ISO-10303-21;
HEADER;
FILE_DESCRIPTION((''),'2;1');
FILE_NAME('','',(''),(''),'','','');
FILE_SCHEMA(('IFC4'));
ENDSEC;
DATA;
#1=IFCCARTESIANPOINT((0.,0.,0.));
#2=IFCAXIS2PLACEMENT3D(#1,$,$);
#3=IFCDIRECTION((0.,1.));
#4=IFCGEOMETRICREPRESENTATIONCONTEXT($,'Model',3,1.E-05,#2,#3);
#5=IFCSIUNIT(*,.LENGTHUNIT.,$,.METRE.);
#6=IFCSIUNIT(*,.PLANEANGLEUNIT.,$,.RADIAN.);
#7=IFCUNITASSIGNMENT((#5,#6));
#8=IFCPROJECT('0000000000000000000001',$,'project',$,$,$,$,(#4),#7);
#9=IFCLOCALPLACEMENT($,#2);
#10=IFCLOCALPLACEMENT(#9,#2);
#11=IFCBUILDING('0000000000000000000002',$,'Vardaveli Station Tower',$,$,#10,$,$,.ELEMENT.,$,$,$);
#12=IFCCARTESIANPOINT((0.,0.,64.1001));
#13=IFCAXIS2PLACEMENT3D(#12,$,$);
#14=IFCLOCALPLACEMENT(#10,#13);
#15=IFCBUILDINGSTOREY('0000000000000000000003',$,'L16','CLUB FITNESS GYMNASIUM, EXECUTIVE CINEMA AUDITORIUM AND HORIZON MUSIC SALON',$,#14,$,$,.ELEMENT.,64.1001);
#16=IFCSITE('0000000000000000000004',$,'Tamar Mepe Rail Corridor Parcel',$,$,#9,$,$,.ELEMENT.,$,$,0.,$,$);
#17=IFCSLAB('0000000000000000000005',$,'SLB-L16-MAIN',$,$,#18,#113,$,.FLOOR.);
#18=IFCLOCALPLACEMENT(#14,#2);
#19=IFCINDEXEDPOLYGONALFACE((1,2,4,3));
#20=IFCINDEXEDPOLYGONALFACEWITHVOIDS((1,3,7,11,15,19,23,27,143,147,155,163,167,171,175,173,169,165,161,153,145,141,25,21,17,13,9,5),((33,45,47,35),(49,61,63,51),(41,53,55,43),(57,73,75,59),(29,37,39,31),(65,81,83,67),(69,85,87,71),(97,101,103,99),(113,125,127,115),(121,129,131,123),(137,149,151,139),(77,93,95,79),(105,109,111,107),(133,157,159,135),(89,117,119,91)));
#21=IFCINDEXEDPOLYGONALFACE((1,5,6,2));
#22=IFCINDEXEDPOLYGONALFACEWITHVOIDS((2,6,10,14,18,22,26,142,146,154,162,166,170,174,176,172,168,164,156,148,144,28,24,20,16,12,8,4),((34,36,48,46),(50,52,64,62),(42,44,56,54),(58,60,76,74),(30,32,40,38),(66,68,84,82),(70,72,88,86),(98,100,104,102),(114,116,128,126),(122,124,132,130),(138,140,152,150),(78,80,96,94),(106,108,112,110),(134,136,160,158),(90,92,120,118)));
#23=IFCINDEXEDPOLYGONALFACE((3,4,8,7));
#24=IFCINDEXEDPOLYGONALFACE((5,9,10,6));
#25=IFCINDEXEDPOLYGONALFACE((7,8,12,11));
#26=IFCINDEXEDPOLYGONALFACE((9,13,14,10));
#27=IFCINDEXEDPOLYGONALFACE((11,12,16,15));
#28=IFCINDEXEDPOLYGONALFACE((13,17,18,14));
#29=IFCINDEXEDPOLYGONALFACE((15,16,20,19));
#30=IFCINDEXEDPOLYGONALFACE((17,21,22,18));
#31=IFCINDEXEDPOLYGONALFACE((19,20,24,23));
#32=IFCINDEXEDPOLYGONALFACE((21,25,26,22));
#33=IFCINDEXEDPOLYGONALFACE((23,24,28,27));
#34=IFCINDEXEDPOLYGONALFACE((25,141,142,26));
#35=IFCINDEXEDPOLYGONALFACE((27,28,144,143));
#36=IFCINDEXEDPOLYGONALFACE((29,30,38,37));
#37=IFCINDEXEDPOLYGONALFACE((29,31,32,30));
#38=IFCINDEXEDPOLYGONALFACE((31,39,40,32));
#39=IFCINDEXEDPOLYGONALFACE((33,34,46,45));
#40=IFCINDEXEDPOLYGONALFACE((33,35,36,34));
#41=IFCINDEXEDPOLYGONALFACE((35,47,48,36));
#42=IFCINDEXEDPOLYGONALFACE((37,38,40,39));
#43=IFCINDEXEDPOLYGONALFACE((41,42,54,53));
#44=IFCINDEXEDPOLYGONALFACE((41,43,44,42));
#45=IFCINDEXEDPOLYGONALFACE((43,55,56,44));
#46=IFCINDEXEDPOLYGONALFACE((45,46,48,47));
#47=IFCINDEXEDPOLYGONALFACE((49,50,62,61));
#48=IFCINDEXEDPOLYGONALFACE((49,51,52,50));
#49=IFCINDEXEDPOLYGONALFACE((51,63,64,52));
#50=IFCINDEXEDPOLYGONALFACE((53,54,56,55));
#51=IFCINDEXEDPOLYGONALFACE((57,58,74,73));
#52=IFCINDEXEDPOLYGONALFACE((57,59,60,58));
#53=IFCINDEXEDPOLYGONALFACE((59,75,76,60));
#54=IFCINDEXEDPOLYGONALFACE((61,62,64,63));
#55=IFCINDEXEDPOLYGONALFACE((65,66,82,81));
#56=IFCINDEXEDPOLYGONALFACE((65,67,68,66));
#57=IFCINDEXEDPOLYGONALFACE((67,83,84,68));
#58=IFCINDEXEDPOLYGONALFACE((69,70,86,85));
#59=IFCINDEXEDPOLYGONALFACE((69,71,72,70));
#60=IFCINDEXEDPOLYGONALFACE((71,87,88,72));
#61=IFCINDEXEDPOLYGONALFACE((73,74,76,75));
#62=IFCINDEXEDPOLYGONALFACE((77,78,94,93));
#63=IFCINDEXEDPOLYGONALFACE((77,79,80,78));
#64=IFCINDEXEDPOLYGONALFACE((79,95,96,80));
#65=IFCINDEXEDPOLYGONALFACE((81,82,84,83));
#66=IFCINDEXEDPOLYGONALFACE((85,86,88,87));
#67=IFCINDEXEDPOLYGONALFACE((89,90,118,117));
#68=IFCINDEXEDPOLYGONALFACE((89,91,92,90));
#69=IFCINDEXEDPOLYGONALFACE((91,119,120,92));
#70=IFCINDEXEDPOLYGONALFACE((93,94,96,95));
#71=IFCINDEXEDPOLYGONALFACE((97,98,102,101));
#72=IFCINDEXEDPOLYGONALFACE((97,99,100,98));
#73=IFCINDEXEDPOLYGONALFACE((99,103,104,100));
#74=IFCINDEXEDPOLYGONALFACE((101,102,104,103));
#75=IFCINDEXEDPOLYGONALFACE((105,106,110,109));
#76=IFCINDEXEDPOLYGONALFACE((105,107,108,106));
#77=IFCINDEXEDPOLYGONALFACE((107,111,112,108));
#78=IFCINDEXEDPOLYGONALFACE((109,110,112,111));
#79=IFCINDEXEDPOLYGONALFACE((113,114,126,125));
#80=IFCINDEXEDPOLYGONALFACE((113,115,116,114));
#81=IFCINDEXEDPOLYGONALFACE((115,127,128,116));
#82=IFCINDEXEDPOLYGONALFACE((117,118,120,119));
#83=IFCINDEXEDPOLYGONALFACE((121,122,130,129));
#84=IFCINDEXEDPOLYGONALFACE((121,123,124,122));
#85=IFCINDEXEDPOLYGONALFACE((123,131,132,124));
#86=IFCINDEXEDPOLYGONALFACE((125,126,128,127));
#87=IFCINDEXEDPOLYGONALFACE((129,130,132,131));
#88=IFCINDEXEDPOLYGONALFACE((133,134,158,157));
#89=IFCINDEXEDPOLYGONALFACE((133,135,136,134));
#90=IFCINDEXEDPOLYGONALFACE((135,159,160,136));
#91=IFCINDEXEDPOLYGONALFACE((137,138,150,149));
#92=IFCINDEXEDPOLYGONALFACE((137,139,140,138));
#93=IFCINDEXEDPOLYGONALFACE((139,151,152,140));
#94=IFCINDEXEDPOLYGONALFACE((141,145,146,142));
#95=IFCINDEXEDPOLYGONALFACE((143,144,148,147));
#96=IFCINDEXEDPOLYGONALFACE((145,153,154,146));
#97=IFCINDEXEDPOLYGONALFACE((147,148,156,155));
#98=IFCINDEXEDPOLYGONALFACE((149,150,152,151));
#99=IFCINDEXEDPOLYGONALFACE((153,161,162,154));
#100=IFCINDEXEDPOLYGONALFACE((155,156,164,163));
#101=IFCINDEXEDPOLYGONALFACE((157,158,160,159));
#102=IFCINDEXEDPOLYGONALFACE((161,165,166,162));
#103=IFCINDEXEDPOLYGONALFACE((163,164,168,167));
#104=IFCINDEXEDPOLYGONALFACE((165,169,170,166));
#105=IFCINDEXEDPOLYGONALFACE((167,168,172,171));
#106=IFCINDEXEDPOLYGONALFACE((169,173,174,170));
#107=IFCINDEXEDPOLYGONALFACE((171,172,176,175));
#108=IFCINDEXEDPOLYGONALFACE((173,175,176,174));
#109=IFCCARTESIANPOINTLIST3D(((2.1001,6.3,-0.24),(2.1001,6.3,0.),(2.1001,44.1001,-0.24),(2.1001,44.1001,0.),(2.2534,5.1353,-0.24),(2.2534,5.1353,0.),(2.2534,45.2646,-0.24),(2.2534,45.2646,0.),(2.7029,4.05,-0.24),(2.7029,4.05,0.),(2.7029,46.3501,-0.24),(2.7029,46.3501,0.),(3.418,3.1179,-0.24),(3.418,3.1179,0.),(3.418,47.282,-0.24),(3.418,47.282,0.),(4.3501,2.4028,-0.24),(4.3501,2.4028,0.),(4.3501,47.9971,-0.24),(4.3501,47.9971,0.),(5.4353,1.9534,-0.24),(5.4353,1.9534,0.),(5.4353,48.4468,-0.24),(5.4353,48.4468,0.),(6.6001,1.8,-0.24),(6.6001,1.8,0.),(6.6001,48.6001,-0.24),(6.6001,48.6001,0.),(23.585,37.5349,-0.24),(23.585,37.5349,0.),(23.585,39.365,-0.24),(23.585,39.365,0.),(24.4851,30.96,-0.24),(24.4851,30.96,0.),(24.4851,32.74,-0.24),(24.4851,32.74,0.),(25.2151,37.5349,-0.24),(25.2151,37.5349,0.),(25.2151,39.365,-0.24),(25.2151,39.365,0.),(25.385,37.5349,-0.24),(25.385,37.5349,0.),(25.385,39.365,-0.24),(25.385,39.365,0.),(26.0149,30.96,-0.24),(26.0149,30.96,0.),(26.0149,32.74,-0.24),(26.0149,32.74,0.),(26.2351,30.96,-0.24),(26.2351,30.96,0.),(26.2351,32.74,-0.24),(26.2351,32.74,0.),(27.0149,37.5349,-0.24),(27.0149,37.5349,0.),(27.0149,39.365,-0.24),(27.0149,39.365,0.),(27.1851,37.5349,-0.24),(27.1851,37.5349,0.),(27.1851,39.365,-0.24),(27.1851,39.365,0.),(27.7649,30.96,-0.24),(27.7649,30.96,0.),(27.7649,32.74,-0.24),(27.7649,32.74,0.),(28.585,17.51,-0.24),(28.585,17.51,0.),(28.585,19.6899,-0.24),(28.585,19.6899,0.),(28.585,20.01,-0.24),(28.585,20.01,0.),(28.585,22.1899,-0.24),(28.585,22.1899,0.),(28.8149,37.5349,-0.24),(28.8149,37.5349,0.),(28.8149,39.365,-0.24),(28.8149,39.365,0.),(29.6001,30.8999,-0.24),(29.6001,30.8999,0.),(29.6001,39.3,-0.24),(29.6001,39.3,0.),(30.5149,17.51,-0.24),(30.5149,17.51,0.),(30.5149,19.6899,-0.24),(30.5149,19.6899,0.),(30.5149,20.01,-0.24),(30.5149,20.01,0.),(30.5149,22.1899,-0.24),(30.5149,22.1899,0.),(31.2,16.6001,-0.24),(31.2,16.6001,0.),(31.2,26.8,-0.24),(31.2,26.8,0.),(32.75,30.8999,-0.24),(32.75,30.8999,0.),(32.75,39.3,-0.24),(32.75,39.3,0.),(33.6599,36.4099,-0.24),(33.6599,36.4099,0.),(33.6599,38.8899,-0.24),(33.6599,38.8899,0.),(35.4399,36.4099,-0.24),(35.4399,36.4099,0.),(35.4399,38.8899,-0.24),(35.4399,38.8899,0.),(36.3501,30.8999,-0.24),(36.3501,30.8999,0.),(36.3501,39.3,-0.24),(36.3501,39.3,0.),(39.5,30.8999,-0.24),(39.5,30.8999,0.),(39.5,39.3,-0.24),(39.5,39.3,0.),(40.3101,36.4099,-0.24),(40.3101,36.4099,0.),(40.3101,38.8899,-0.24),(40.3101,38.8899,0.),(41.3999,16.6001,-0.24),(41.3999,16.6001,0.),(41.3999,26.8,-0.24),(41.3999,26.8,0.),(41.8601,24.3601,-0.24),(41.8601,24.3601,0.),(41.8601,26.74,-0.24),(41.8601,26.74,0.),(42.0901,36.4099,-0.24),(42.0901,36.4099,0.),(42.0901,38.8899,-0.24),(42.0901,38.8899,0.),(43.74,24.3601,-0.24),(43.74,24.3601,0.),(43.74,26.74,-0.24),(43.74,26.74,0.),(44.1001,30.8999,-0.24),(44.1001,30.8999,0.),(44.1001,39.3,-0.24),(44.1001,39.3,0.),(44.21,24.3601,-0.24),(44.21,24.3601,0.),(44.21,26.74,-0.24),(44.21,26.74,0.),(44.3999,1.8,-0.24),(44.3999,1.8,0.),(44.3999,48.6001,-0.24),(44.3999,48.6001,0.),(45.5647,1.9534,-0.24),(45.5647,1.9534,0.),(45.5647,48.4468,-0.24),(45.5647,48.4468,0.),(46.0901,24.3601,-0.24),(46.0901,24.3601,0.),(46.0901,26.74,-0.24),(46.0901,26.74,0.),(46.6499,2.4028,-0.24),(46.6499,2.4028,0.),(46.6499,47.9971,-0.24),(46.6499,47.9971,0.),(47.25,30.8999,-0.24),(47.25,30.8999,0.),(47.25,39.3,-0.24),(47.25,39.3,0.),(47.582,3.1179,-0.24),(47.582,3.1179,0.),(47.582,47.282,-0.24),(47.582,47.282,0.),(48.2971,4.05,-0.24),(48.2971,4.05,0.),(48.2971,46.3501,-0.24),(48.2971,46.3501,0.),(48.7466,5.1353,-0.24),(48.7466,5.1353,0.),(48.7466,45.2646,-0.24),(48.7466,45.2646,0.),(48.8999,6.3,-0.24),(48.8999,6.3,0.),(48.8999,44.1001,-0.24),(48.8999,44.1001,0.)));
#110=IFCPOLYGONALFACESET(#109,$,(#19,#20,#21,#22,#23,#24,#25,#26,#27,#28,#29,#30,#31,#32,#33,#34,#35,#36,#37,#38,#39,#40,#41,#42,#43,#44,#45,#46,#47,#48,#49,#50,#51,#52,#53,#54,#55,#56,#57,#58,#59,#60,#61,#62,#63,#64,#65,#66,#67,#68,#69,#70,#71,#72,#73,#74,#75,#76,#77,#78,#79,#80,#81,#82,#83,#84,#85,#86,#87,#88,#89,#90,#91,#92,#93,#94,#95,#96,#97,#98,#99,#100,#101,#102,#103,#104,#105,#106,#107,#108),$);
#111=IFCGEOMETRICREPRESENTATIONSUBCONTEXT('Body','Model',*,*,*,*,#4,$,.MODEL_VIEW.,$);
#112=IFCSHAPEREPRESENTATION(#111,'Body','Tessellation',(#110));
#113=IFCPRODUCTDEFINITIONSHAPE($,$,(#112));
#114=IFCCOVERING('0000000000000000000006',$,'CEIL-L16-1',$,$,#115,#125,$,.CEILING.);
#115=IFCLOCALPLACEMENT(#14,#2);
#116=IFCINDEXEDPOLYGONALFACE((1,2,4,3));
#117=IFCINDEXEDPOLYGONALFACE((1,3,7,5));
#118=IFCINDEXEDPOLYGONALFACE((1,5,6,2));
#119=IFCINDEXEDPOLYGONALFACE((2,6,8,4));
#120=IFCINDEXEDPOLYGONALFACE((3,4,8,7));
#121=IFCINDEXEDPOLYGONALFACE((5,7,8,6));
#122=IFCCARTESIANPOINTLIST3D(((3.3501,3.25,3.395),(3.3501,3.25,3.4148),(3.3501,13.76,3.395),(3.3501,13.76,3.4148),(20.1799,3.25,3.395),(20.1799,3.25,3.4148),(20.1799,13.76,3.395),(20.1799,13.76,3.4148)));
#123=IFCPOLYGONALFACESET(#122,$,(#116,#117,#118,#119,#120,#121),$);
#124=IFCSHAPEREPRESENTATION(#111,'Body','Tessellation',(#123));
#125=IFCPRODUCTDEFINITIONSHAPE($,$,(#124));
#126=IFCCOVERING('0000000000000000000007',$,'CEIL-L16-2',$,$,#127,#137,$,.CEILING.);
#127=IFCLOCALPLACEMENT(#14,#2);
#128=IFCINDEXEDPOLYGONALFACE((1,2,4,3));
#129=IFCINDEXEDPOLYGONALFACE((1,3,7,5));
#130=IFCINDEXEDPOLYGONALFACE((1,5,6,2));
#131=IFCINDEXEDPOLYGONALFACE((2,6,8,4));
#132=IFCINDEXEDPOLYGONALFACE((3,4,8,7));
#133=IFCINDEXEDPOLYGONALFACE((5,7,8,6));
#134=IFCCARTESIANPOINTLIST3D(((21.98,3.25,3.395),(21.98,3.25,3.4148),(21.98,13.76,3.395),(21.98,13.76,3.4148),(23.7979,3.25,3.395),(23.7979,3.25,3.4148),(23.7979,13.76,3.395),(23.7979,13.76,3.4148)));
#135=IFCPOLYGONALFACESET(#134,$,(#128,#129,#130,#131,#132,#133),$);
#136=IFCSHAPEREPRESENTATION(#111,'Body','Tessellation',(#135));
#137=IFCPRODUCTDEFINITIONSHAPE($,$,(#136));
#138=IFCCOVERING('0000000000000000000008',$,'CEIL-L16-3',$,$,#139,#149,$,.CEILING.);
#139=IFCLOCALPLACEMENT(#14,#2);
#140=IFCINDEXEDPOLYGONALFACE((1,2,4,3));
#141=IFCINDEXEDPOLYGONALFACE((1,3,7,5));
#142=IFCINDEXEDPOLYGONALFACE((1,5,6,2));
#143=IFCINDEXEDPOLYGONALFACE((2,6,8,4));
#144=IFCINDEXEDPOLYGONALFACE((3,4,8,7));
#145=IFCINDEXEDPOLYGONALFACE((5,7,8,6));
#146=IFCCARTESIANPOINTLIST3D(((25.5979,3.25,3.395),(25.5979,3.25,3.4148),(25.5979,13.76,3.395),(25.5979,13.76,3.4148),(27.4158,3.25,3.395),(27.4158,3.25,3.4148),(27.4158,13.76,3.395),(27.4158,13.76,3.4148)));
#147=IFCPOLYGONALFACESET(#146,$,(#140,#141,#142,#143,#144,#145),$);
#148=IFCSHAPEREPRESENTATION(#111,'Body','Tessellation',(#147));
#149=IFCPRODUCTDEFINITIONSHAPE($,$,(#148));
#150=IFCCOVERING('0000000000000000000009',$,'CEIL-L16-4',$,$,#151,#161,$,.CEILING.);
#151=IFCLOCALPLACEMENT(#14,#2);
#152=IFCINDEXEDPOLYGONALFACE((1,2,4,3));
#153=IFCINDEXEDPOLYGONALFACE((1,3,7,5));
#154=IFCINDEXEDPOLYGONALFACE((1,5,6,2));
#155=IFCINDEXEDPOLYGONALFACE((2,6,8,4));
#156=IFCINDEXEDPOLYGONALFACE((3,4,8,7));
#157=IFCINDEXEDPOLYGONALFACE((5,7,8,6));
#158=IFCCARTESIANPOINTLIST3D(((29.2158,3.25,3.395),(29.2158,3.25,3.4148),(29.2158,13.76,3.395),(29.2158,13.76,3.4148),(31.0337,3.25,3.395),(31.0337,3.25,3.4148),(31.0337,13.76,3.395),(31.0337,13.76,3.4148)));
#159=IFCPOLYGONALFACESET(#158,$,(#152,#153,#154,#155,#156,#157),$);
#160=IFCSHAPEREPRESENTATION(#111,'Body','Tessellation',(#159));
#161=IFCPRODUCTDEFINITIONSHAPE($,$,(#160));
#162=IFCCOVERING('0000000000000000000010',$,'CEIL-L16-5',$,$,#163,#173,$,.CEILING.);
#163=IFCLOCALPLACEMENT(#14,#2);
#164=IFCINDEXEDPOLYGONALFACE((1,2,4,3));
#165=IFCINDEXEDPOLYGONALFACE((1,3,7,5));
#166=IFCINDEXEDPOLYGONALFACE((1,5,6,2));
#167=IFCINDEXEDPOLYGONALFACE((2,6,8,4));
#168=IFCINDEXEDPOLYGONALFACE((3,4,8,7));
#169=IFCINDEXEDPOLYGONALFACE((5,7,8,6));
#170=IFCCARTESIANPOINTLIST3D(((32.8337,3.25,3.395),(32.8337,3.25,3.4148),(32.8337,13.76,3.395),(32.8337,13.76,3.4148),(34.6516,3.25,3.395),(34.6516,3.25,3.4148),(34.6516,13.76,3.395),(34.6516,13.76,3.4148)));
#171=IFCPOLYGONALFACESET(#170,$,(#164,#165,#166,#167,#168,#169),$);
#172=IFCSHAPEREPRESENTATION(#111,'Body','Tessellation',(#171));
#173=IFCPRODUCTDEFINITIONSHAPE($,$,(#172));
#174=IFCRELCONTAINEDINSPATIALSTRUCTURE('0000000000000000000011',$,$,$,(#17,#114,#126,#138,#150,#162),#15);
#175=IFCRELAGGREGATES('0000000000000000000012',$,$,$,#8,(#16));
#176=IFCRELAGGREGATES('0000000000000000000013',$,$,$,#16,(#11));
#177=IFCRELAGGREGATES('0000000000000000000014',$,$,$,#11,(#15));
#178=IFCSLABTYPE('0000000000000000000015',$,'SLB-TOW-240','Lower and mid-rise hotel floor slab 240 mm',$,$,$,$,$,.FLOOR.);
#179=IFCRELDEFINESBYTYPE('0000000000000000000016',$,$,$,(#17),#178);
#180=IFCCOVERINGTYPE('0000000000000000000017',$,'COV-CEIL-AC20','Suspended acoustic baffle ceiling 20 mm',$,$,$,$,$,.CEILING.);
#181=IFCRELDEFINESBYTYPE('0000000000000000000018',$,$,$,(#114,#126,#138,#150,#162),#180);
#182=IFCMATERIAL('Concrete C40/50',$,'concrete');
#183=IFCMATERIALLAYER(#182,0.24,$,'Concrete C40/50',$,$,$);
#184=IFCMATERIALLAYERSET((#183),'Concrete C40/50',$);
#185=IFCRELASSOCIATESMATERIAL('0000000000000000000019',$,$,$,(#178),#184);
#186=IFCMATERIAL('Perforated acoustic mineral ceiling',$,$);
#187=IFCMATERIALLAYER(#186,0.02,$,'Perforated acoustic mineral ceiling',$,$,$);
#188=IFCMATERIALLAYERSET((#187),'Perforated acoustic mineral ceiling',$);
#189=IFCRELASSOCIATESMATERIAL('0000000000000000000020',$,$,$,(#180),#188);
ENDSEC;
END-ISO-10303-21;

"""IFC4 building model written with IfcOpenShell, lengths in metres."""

from ifc_helpers import new_model, si_unit, direction, frame, origin, place, context, subcontext, project, spatial, polyline, outline, extrude, material, layer, layer_set, type_object, element, save


model = new_model("IFC4")

# Units and contexts
model_context = context("Model", 3, precision=1e-05, world=origin(), true_north=direction((0.0, 1.0)))
body_context = subcontext(model_context, "Body", "Model", "MODEL_VIEW")
ifc_project = project(units=[si_unit("LENGTHUNIT", "METRE"), si_unit("PLANEANGLEUNIT", "RADIAN")], contexts=[model_context])

# Site, building, storey
site_placement = place(None, origin())
site = spatial("IfcSite", under=ifc_project, at=site_placement, Name="Tamar Mepe Rail Corridor Parcel", CompositionType="ELEMENT", RefElevation=0.0)
building_placement = place(site_placement, origin())
building = spatial("IfcBuilding", under=site, at=building_placement, Name="Vardaveli Station Tower", CompositionType="ELEMENT")
storey_placement = place(building_placement, frame((0.0, 0.0, 64.1001)))
storey = spatial("IfcBuildingStorey", under=building, at=storey_placement, Name="L16", Description="CLUB FITNESS GYMNASIUM, EXECUTIVE CINEMA AUDITORIUM AND HORIZON MUSIC SALON", CompositionType="ELEMENT", Elevation=64.1001)

# Shared definitions
ifc_material_1 = material(Name="Concrete C40/50", Category="concrete")

# Slab
ifc_layer_1 = layer(ifc_material_1, 0.24, Name="Concrete C40/50")
ifc_layer_set_1 = layer_set([ifc_layer_1], Name="Concrete C40/50")
slab_type_1 = type_object("IfcSlabType", Name="SLB-TOW-240", Description="Lower and mid-rise hotel floor slab 240 mm", PredefinedType="FLOOR", material=ifc_layer_set_1)
slab_1_placement = place(storey_placement, frame((0.0, 0.0, -0.24)))
element("IfcSlab", 1, at=slab_1_placement, inside=storey, type_object=slab_type_1, Name="SLB-L16-MAIN", PredefinedType="FLOOR", context=body_context, shape_type="SweptSolid", body=[
    extrude(outline(polyline([(2.1001, 6.3), (2.2534, 5.1353), (2.7029, 4.05), (3.418, 3.1179), (4.3501, 2.4028), (5.4353, 1.9534), (6.6001, 1.8), (44.3999, 1.8), (45.5647, 1.9534), (46.6499, 2.4028), (47.582, 3.1179), (48.2971, 4.05), (48.7466, 5.1353), (48.8999, 6.3), (48.8999, 44.1001), (48.7466, 45.2646), (48.2971, 46.3501), (47.582, 47.282), (46.6499, 47.9971), (45.5647, 48.4468), (44.3999, 48.6001), (6.6001, 48.6001), (5.4353, 48.4468), (4.3501, 47.9971), (3.418, 47.282), (2.7029, 46.3501), (2.2534, 45.2646), (2.1001, 44.1001), (2.1001, 6.3)]), holes=[polyline([(31.2, 16.6001), (41.3999, 16.6001), (41.3999, 26.8), (31.2, 26.8), (31.2, 16.6001)]), polyline([(32.75, 30.8999), (32.75, 39.3), (29.6001, 39.3), (29.6001, 30.8999), (32.75, 30.8999)]), polyline([(39.5, 30.8999), (39.5, 39.3), (36.3501, 39.3), (36.3501, 30.8999), (39.5, 30.8999)]), polyline([(47.25, 30.8999), (47.25, 39.3), (44.1001, 39.3), (44.1001, 30.8999), (47.25, 30.8999)]), polyline([(23.585, 37.5349), (25.2151, 37.5349), (25.2151, 39.365), (23.585, 39.365), (23.585, 37.5349)]), polyline([(25.385, 37.5349), (27.0149, 37.5349), (27.0149, 39.365), (25.385, 39.365), (25.385, 37.5349)]), polyline([(27.1851, 37.5349), (28.8149, 37.5349), (28.8149, 39.365), (27.1851, 39.365), (27.1851, 37.5349)]), polyline([(33.6599, 36.4099), (35.4399, 36.4099), (35.4399, 38.8899), (33.6599, 38.8899), (33.6599, 36.4099)]), polyline([(40.3101, 36.4099), (42.0901, 36.4099), (42.0901, 38.8899), (40.3101, 38.8899), (40.3101, 36.4099)]), polyline([(24.4851, 30.96), (26.0149, 30.96), (26.0149, 32.74), (24.4851, 32.74), (24.4851, 30.96)]), polyline([(26.2351, 30.96), (27.7649, 30.96), (27.7649, 32.74), (26.2351, 32.74), (26.2351, 30.96)]), polyline([(28.585, 17.51), (30.5149, 17.51), (30.5149, 19.6899), (28.585, 19.6899), (28.585, 17.51)]), polyline([(28.585, 20.01), (30.5149, 20.01), (30.5149, 22.1899), (28.585, 22.1899), (28.585, 20.01)]), polyline([(41.8601, 24.3601), (43.74, 24.3601), (43.74, 26.74), (41.8601, 26.74), (41.8601, 24.3601)]), polyline([(44.21, 24.3601), (46.0901, 24.3601), (46.0901, 26.74), (44.21, 26.74), (44.21, 24.3601)])]), origin(), (0.0, 0.0, 1.0), 0.24),
])

# Coverings
ifc_material_2 = material(Name="Perforated acoustic mineral ceiling")
ifc_layer_2 = layer(ifc_material_2, 0.02, Name="Perforated acoustic mineral ceiling")
ifc_layer_set_2 = layer_set([ifc_layer_2], Name="Perforated acoustic mineral ceiling")
covering_type_1 = type_object("IfcCoveringType", Name="COV-CEIL-AC20", Description="Suspended acoustic baffle ceiling 20 mm", PredefinedType="CEILING", material=ifc_layer_set_2)
covering_1_placement = place(storey_placement, frame((0.0, 0.0, 3.395)))
element("IfcCovering", 2, at=covering_1_placement, inside=storey, type_object=covering_type_1, Name="CEIL-L16-1", PredefinedType="CEILING", context=body_context, shape_type="SweptSolid", body=[
    extrude(outline(polyline([(3.3501, 3.25), (20.1799, 3.25), (20.1799, 13.76), (3.3501, 13.76), (3.3501, 3.25)])), origin(), (0.0, 0.0, 1.0), 0.0198),
])
covering_2_placement = place(storey_placement, frame((0.0, 0.0, 3.395)))
element("IfcCovering", 3, at=covering_2_placement, inside=storey, type_object=covering_type_1, Name="CEIL-L16-2", PredefinedType="CEILING", context=body_context, shape_type="SweptSolid", body=[
    extrude(outline(polyline([(21.98, 3.25), (23.7979, 3.25), (23.7979, 13.76), (21.98, 13.76), (21.98, 3.25)])), origin(), (0.0, 0.0, 1.0), 0.0198),
])
covering_3_placement = place(storey_placement, frame((0.0, 0.0, 3.395)))
element("IfcCovering", 4, at=covering_3_placement, inside=storey, type_object=covering_type_1, Name="CEIL-L16-3", PredefinedType="CEILING", context=body_context, shape_type="SweptSolid", body=[
    extrude(outline(polyline([(25.5979, 3.25), (27.4158, 3.25), (27.4158, 13.76), (25.5979, 13.76), (25.5979, 3.25)])), origin(), (0.0, 0.0, 1.0), 0.0198),
])
covering_4_placement = place(storey_placement, frame((0.0, 0.0, 3.395)))
element("IfcCovering", 5, at=covering_4_placement, inside=storey, type_object=covering_type_1, Name="CEIL-L16-4", PredefinedType="CEILING", context=body_context, shape_type="SweptSolid", body=[
    extrude(outline(polyline([(29.2158, 3.25), (31.0337, 3.25), (31.0337, 13.76), (29.2158, 13.76), (29.2158, 3.25)])), origin(), (0.0, 0.0, 1.0), 0.0198),
])
covering_5_placement = place(storey_placement, frame((0.0, 0.0, 3.395)))
element("IfcCovering", 6, at=covering_5_placement, inside=storey, type_object=covering_type_1, Name="CEIL-L16-5", PredefinedType="CEILING", context=body_context, shape_type="SweptSolid", body=[
    extrude(outline(polyline([(32.8337, 3.25), (34.6516, 3.25), (34.6516, 13.76), (32.8337, 13.76), (32.8337, 3.25)])), origin(), (0.0, 0.0, 1.0), 0.0198),
])

save(model, "model.ifc")
